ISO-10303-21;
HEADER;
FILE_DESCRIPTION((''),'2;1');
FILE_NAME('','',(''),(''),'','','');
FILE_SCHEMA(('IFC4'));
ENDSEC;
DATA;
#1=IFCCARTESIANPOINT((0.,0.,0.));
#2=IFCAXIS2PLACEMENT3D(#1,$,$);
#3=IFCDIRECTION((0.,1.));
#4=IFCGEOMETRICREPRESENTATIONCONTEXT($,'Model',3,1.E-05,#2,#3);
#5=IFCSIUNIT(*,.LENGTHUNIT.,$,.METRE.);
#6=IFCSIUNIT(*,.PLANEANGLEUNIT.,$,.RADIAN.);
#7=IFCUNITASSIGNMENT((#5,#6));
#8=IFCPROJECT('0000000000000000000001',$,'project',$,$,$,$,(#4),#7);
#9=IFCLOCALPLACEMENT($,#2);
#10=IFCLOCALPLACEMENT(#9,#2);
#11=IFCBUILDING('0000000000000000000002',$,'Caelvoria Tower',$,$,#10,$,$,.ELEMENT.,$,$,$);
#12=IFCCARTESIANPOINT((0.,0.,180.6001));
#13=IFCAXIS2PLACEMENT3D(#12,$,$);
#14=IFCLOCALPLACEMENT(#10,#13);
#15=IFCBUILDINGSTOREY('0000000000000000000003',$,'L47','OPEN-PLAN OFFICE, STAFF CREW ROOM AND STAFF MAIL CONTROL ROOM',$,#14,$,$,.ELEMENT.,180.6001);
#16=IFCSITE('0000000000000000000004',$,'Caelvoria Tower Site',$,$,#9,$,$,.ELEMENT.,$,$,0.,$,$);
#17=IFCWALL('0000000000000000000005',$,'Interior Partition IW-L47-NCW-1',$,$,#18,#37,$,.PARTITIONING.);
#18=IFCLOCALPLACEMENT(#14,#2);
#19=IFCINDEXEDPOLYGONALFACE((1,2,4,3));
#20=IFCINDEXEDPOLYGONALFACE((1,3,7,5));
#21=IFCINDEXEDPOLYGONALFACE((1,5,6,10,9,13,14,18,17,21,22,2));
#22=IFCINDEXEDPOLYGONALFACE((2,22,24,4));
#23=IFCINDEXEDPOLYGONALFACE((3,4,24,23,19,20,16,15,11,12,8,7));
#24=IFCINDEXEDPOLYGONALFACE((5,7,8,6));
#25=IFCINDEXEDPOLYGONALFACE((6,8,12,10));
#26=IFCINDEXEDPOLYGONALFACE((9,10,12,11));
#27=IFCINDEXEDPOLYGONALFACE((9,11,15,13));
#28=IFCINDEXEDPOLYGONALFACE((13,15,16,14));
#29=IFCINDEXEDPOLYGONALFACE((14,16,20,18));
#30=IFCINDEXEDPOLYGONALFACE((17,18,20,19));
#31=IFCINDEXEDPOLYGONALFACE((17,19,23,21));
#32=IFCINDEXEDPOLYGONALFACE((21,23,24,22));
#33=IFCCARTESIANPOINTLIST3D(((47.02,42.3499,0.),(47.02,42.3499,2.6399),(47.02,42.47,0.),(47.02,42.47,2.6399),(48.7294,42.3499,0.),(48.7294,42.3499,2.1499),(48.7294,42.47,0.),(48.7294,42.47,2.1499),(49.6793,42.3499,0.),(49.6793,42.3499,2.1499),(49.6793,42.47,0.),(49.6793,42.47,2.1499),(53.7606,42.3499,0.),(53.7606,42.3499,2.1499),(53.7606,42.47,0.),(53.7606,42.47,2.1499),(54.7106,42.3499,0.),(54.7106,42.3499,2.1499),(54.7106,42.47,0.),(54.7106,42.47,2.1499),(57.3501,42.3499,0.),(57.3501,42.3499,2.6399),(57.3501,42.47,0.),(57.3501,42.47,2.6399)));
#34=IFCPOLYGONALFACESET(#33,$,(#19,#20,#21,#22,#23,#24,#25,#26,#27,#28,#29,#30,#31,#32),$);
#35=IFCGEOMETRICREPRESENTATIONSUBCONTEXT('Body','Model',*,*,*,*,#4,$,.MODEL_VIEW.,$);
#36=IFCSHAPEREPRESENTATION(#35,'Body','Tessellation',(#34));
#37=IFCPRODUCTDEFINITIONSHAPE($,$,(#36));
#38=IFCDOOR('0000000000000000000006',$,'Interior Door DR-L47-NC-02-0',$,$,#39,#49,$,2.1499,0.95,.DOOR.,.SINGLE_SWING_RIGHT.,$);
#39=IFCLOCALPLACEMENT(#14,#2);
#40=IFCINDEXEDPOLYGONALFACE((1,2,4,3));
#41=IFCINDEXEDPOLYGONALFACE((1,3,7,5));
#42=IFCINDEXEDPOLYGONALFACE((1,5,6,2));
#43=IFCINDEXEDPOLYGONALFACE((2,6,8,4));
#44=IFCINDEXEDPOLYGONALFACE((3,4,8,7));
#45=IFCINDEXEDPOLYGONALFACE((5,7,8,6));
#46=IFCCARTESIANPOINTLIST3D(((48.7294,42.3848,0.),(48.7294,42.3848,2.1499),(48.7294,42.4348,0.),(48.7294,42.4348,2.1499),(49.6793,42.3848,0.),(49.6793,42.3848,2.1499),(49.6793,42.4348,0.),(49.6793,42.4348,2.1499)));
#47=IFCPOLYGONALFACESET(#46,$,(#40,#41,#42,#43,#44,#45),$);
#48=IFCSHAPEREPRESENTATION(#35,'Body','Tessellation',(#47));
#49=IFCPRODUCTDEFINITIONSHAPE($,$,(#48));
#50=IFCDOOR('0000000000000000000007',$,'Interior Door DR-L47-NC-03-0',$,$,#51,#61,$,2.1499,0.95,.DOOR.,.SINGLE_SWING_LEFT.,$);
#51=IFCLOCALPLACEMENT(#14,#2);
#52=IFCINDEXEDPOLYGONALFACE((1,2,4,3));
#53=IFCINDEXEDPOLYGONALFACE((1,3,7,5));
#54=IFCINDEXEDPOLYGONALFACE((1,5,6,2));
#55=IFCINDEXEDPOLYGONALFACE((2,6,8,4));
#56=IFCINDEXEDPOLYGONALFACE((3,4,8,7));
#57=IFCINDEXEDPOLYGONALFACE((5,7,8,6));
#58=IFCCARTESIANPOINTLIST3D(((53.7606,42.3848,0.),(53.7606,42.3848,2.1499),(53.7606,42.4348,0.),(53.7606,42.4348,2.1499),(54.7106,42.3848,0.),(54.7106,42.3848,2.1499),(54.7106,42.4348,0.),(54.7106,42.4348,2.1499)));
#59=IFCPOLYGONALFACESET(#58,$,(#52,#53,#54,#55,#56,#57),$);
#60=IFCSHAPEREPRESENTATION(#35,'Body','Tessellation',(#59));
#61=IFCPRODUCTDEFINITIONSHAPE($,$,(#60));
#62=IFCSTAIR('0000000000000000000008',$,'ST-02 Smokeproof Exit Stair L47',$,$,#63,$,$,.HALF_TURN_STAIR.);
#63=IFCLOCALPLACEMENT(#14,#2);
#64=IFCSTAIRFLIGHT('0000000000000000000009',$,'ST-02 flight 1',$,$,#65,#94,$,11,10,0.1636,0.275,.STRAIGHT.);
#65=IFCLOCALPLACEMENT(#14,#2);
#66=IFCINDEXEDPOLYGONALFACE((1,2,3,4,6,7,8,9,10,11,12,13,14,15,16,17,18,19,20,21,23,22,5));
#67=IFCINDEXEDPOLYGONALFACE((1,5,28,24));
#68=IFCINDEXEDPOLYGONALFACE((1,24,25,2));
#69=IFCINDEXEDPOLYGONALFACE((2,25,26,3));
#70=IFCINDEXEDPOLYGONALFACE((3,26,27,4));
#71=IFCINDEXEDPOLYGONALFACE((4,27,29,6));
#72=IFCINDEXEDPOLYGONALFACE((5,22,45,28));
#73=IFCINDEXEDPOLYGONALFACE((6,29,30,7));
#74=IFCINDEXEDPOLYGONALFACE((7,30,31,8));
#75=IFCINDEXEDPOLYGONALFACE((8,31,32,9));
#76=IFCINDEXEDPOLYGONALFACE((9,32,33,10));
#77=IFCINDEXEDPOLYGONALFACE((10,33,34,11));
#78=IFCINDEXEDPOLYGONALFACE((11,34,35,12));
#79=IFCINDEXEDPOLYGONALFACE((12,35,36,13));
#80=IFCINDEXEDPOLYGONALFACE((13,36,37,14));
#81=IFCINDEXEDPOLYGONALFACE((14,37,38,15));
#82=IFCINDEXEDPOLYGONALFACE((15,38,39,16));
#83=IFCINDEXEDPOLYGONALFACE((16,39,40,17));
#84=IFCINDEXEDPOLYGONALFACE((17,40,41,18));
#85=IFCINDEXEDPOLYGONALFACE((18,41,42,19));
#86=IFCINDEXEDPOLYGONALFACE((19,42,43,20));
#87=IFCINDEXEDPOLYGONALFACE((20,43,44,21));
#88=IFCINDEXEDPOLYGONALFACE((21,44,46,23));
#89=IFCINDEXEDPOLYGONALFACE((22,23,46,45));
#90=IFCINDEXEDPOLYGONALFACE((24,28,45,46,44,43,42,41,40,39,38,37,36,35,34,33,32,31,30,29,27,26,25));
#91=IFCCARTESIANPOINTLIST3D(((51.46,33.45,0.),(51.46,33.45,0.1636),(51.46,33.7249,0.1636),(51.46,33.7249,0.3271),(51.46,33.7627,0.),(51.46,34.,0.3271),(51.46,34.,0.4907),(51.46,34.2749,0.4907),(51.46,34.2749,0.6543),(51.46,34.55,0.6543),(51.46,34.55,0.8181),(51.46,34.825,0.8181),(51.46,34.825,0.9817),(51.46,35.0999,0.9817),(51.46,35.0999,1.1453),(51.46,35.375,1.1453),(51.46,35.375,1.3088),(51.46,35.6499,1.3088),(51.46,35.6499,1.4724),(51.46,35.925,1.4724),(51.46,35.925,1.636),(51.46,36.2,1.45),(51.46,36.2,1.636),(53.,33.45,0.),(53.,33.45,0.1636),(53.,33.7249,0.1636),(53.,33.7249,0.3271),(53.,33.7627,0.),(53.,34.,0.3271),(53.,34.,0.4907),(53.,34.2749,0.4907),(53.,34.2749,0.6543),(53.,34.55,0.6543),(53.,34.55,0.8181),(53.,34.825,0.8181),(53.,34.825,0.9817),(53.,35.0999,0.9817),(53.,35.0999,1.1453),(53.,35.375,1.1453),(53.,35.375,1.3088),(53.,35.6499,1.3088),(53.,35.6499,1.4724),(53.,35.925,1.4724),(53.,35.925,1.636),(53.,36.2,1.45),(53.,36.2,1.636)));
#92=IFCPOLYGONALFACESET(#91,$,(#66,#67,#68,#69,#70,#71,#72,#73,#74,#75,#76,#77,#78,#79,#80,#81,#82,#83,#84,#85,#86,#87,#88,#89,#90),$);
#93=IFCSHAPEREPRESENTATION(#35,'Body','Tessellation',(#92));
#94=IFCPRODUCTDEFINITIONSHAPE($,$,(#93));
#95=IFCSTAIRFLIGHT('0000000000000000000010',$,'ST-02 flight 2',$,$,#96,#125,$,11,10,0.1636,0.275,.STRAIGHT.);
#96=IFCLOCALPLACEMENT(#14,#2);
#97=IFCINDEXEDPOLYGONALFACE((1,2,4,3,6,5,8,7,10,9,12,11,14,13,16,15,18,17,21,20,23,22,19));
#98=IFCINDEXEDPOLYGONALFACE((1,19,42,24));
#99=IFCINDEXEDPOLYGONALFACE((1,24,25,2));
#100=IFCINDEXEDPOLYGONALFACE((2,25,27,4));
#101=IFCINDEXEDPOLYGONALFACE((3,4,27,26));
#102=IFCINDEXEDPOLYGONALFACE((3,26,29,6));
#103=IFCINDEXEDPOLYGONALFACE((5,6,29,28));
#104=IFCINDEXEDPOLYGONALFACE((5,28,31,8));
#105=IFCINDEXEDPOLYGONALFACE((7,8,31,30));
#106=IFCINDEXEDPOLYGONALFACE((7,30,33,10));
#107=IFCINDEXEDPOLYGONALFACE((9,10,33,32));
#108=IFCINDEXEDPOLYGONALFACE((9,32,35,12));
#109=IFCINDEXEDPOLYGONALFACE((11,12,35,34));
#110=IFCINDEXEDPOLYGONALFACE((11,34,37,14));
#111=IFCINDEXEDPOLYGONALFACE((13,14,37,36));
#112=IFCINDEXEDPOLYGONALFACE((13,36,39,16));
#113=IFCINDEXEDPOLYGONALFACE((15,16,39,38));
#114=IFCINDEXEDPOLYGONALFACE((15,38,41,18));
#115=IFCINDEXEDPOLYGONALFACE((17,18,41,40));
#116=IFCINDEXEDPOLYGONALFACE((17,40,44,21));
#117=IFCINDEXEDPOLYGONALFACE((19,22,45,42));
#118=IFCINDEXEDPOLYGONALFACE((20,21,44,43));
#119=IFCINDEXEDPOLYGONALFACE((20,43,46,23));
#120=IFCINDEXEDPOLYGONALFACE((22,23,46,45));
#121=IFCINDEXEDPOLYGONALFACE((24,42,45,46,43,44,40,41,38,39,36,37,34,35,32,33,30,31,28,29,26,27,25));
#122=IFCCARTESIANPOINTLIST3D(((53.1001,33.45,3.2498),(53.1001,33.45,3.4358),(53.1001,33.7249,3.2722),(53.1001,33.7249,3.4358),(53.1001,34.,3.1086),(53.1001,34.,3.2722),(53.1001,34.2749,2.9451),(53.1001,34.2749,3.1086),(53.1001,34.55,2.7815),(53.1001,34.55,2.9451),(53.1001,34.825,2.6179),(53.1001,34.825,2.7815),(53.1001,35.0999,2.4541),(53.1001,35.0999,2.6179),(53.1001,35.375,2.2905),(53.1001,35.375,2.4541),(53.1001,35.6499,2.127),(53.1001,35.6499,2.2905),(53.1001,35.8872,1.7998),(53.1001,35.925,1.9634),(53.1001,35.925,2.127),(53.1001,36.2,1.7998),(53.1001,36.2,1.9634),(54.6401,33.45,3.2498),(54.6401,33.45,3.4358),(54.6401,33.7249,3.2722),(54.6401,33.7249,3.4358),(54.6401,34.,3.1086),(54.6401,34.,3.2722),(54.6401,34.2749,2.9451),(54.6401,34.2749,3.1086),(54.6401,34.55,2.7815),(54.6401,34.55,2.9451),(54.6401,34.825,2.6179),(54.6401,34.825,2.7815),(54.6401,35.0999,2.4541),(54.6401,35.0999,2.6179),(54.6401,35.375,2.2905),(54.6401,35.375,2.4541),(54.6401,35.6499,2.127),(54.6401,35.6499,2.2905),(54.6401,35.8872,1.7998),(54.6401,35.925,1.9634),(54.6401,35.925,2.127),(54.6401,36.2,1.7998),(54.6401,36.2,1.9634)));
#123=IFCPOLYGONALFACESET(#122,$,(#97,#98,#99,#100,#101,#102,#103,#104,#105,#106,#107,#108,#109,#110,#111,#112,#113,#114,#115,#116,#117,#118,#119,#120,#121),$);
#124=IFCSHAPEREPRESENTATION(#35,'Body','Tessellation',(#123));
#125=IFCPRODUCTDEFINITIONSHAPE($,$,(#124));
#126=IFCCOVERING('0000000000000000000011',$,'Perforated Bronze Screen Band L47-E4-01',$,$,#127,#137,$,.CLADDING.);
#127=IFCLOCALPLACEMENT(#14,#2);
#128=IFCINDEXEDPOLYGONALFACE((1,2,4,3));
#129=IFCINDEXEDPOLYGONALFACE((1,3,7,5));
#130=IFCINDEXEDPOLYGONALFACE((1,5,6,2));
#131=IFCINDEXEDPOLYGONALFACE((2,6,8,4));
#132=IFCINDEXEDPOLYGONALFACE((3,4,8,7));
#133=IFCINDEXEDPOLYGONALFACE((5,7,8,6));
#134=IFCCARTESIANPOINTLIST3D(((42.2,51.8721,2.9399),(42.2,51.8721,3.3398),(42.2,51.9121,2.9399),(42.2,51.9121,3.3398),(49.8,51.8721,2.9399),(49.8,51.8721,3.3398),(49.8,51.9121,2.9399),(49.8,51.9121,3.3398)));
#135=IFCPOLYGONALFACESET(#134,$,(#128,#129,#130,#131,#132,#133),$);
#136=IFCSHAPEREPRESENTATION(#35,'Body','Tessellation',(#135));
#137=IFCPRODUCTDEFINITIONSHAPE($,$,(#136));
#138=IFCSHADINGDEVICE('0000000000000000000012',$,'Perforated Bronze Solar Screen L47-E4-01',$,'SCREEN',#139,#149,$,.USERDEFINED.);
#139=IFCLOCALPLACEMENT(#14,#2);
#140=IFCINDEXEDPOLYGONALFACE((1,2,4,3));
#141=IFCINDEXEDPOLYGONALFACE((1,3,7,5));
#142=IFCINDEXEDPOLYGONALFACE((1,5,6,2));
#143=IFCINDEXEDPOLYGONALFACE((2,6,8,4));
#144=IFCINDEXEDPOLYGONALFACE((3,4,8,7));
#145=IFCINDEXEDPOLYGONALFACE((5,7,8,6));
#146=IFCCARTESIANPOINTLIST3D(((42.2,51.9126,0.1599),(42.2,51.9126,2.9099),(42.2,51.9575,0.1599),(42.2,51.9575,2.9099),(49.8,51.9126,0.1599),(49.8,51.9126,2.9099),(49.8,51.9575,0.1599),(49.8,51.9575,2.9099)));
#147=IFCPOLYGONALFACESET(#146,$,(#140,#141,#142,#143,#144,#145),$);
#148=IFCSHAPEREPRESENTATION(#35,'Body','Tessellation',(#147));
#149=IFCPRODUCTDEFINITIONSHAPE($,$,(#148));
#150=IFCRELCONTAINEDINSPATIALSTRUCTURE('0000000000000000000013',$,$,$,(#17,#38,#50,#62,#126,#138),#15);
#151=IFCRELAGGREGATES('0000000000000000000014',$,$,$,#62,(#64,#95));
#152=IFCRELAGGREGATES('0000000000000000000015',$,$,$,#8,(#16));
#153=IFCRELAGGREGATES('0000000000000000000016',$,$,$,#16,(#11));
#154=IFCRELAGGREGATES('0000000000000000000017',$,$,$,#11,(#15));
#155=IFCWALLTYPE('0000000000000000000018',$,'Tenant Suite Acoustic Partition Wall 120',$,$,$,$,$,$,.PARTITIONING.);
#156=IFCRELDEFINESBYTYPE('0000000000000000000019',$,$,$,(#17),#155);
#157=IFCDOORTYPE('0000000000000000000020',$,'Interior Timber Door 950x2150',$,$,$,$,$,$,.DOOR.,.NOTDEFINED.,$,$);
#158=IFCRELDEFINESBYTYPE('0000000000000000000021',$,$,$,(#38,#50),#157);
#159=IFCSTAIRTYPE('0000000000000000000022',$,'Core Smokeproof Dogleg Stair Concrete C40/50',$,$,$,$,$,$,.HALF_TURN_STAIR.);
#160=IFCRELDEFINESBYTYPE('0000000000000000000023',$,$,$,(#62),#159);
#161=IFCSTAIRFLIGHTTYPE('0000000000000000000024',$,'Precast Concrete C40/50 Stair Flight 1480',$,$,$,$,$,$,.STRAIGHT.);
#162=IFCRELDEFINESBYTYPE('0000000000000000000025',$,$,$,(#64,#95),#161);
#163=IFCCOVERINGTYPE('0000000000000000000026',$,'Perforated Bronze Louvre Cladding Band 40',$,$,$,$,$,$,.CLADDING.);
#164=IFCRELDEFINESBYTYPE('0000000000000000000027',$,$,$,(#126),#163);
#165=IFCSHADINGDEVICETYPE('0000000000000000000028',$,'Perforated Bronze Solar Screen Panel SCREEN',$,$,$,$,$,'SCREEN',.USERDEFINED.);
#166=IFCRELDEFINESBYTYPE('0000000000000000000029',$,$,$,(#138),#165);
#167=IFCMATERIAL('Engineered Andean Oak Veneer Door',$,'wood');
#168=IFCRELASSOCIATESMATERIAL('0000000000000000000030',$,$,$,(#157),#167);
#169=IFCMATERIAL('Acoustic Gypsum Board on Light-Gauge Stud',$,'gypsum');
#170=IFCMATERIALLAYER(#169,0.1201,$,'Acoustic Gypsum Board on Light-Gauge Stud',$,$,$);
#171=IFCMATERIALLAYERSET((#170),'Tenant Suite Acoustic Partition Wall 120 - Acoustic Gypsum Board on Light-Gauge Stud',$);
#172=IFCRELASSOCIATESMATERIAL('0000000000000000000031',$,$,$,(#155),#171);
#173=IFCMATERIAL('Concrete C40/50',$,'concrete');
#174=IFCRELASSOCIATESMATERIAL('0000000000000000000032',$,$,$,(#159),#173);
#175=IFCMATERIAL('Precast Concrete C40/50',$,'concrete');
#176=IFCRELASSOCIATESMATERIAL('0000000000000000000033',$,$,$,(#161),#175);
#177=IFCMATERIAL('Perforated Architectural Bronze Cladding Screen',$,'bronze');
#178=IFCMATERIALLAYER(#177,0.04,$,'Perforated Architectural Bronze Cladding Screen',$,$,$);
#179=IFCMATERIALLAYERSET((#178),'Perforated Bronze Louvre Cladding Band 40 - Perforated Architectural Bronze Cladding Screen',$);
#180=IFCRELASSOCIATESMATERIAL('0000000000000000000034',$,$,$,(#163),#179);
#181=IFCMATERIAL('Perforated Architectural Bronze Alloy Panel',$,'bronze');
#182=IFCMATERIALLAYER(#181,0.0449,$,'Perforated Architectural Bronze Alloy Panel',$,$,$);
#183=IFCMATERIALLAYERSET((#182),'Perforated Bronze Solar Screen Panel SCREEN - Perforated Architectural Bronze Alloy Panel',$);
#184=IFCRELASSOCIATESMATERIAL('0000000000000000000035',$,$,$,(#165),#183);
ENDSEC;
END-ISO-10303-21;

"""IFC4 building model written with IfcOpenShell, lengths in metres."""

from ifc_helpers import new_model, si_unit, direction, frame, frame_2d, origin, origin_2d, place, context, subcontext, project, spatial, polyline, rectangle, outline, extrude, material, layer, layer_set, type_object, element, fill, aggregate, save


model = new_model("IFC4")

# Units and contexts
model_context = context("Model", 3, precision=1e-05, world=origin(), true_north=direction((0.0, 1.0)))
body_context = subcontext(model_context, "Body", "Model", "MODEL_VIEW")
ifc_project = project(units=[si_unit("LENGTHUNIT", "METRE"), si_unit("PLANEANGLEUNIT", "RADIAN")], contexts=[model_context])

# Site, building, storey
site_placement = place(None, origin())
site = spatial("IfcSite", under=ifc_project, at=site_placement, Name="Caelvoria Tower Site", CompositionType="ELEMENT", RefElevation=0.0)
building_placement = place(site_placement, origin())
building = spatial("IfcBuilding", under=site, at=building_placement, Name="Caelvoria Tower", CompositionType="ELEMENT")
storey_placement = place(building_placement, frame((0.0, 0.0, 180.6001)))
storey = spatial("IfcBuildingStorey", under=building, at=storey_placement, Name="L47", Description="OPEN-PLAN OFFICE, STAFF CREW ROOM AND STAFF MAIL CONTROL ROOM", CompositionType="ELEMENT", Elevation=180.6001)

# Shared definitions
ifc_material_1 = material(Name="Engineered Andean Oak Veneer Door", Category="wood")
door_type_1 = type_object("IfcDoorType", Name="Interior Timber Door 950x2150", OperationType="NOTDEFINED", PredefinedType="DOOR", material=ifc_material_1)

# Shared definitions
ifc_material_2 = material(Name="Acoustic Gypsum Board on Light-Gauge Stud", Category="gypsum")
ifc_layer_1 = layer(ifc_material_2, 0.1201, Name="Acoustic Gypsum Board on Light-Gauge Stud")
ifc_layer_set_1 = layer_set([ifc_layer_1], Name="Tenant Suite Acoustic Partition Wall 120 - Acoustic Gypsum Board on Light-Gauge Stud")
wall_type_1 = type_object("IfcWallType", Name="Tenant Suite Acoustic Partition Wall 120", PredefinedType="PARTITIONING", material=ifc_layer_set_1)

# Wall, openings, doors
wall_1_placement = place(storey_placement, frame((47.02, 42.4099, 0.0), z_axis=(0.0, 0.0, 1.0), x_axis=(1.0, 0.0, 0.0)))
wall_1 = element("IfcWall", 1, at=wall_1_placement, inside=storey, type_object=wall_type_1, Name="Interior Partition IW-L47-NCW-1", PredefinedType="PARTITIONING", context=body_context, shape_type="SweptSolid", body=[
    extrude(rectangle(XDim=10.3301, YDim=0.1201, at=frame_2d((5.165, 0.0))), origin(), (0.0, 0.0, 1.0), 2.6399),
])
opening_1_placement = place(wall_1_placement, frame((1.7092, 0.0, 0.0)))
opening_1 = element("IfcOpeningElement", 2, at=opening_1_placement, cuts=wall_1, PredefinedType="OPENING", context=body_context, shape_type="SweptSolid", body=[
    extrude(rectangle(XDim=0.95, YDim=2.1499, at=frame_2d((0.4751, 1.075))), frame((0.0, 0.0701, 0.0), z_axis=(0.0, -1.0, 0.0), x_axis=(1.0, 0.0, 0.0)), (0.0, 0.0, 1.0), 0.1401),
])
opening_2_placement = place(wall_1_placement, frame((6.7405, 0.0, 0.0)))
opening_2 = element("IfcOpeningElement", 3, at=opening_2_placement, cuts=wall_1, PredefinedType="OPENING", context=body_context, shape_type="SweptSolid", body=[
    extrude(rectangle(XDim=0.95, YDim=2.1499, at=frame_2d((0.4751, 1.075))), frame((0.0, 0.0701, 0.0), z_axis=(0.0, -1.0, 0.0), x_axis=(1.0, 0.0, 0.0)), (0.0, 0.0, 1.0), 0.1401),
])
door_1_placement = place(opening_1_placement, origin())
door_1 = element("IfcDoor", 4, at=door_1_placement, inside=storey, type_object=door_type_1, Name="Interior Door DR-L47-NC-02-0", OperationType="SINGLE_SWING_RIGHT", OverallHeight=2.1499, OverallWidth=0.95, PredefinedType="DOOR", context=body_context, shape_type="SweptSolid", body=[
    extrude(rectangle(XDim=0.95, YDim=2.1499, at=frame_2d((0.4751, 1.075))), frame((0.0, 0.0249, 0.0), z_axis=(0.0, -1.0, 0.0), x_axis=(1.0, 0.0, 0.0)), (0.0, 0.0, 1.0), 0.05),
])
fill(opening_1, door_1)
door_2_placement = place(opening_2_placement, origin())
door_2 = element("IfcDoor", 5, at=door_2_placement, inside=storey, type_object=door_type_1, Name="Interior Door DR-L47-NC-03-0", OperationType="SINGLE_SWING_LEFT", OverallHeight=2.1499, OverallWidth=0.95, PredefinedType="DOOR", context=body_context, shape_type="SweptSolid", body=[
    extrude(rectangle(XDim=0.95, YDim=2.1499, at=frame_2d((0.4751, 1.075))), frame((0.0, 0.0249, 0.0), z_axis=(0.0, -1.0, 0.0), x_axis=(1.0, 0.0, 0.0)), (0.0, 0.0, 1.0), 0.05),
])
fill(opening_2, door_2)

# Stair, stair flights
ifc_material_3 = material(Name="Concrete C40/50", Category="concrete")
stair_type = type_object("IfcStairType", Name="Core Smokeproof Dogleg Stair Concrete C40/50", PredefinedType="HALF_TURN_STAIR", material=ifc_material_3)
stair_placement = place(storey_placement, origin())
stair = element("IfcStair", 6, at=stair_placement, inside=storey, type_object=stair_type, Name="ST-02 Smokeproof Exit Stair L47", PredefinedType="HALF_TURN_STAIR")
ifc_material_4 = material(Name="Precast Concrete C40/50", Category="concrete")
stair_flight_type = type_object("IfcStairFlightType", Name="Precast Concrete C40/50 Stair Flight 1480", PredefinedType="STRAIGHT", material=ifc_material_4)
stair_flight_1_placement = place(storey_placement, frame((52.23, 33.45, 0.0), z_axis=(0.0, 0.0, 1.0), x_axis=(0.0, 1.0, 0.0)))
stair_flight_1 = element("IfcStairFlight", 7, at=stair_flight_1_placement, type_object=stair_flight_type, Name="ST-02 flight 1", NumberOfRisers=11, NumberOfTreads=10, PredefinedType="STRAIGHT", RiserHeight=0.1636, TreadLength=0.275, context=body_context, shape_type="SweptSolid", body=[
    extrude(outline(polyline([(0.0, 0.0), (0.0, 0.1636), (0.2749, 0.1636), (0.2749, 0.3271), (0.55, 0.3271), (0.55, 0.4907), (0.825, 0.4907), (0.825, 0.6543), (1.1001, 0.6543), (1.1001, 0.8181), (1.375, 0.8181), (1.375, 0.9817), (1.6499, 0.9817), (1.6499, 1.1453), (1.925, 1.1453), (1.925, 1.3088), (2.2, 1.3088), (2.2, 1.4724), (2.4751, 1.4724), (2.4751, 1.636), (2.75, 1.636), (2.75, 1.7996), (2.75, 1.45), (0.3127, 0.0), (0.0, 0.0)])), frame((0.0, 0.77, 0.0), z_axis=(0.0, -1.0, 0.0), x_axis=(1.0, 0.0, 0.0)), (0.0, 0.0, 1.0), 1.54),
])
stair_flight_2_placement = place(storey_placement, frame((53.8701, 36.2, 1.7998), z_axis=(0.0, 0.0, 1.0), x_axis=(0.0, -1.0, 0.0)))
stair_flight_2 = element("IfcStairFlight", 8, at=stair_flight_2_placement, type_object=stair_flight_type, Name="ST-02 flight 2", NumberOfRisers=11, NumberOfTreads=10, PredefinedType="STRAIGHT", RiserHeight=0.1636, TreadLength=0.275, context=body_context, shape_type="SweptSolid", body=[
    extrude(outline(polyline([(0.0, 0.0), (0.0, 0.1636), (0.2749, 0.1636), (0.2749, 0.3271), (0.55, 0.3271), (0.55, 0.4907), (0.825, 0.4907), (0.825, 0.6543), (1.1001, 0.6543), (1.1001, 0.8181), (1.375, 0.8181), (1.375, 0.9817), (1.6499, 0.9817), (1.6499, 1.1453), (1.925, 1.1453), (1.925, 1.3088), (2.2, 1.3088), (2.2, 1.4724), (2.4751, 1.4724), (2.4751, 1.636), (2.75, 1.636), (2.75, 1.7996), (2.75, 1.45), (0.3127, 0.0), (0.0, 0.0)])), frame((0.0, 0.77, 0.0), z_axis=(0.0, -1.0, 0.0), x_axis=(1.0, 0.0, 0.0)), (0.0, 0.0, 1.0), 1.54),
])
aggregate(stair, [stair_flight_1, stair_flight_2])

# Covering
ifc_material_5 = material(Name="Perforated Architectural Bronze Cladding Screen", Category="bronze")
ifc_layer_2 = layer(ifc_material_5, 0.04, Name="Perforated Architectural Bronze Cladding Screen")
ifc_layer_set_2 = layer_set([ifc_layer_2], Name="Perforated Bronze Louvre Cladding Band 40 - Perforated Architectural Bronze Cladding Screen")
covering_type = type_object("IfcCoveringType", Name="Perforated Bronze Louvre Cladding Band 40", PredefinedType="CLADDING", material=ifc_layer_set_2)
covering_placement = place(storey_placement, frame((46.0, 51.8921, 2.9399), z_axis=(0.0, 0.0, 1.0), x_axis=(-1.0, 0.0, 0.0)))
element("IfcCovering", 9, at=covering_placement, inside=storey, type_object=covering_type, Name="Perforated Bronze Screen Band L47-E4-01", PredefinedType="CLADDING", context=body_context, shape_type="SweptSolid", body=[
    extrude(rectangle(XDim=7.6001, YDim=0.04, at=origin_2d()), origin(), (0.0, 0.0, 1.0), 0.3999),
])

# Shading device
ifc_material_6 = material(Name="Perforated Architectural Bronze Alloy Panel", Category="bronze")
ifc_layer_3 = layer(ifc_material_6, 0.0449, Name="Perforated Architectural Bronze Alloy Panel")
ifc_layer_set_3 = layer_set([ifc_layer_3], Name="Perforated Bronze Solar Screen Panel SCREEN - Perforated Architectural Bronze Alloy Panel")
shading_device_type = type_object("IfcShadingDeviceType", Name="Perforated Bronze Solar Screen Panel SCREEN", ElementType="SCREEN", PredefinedType="USERDEFINED", material=ifc_layer_set_3)
shading_device_placement = place(storey_placement, frame((46.0, 51.9351, 0.1599), z_axis=(0.0, 0.0, 1.0), x_axis=(-1.0, 0.0, 0.0)))
element("IfcShadingDevice", 10, at=shading_device_placement, inside=storey, type_object=shading_device_type, Name="Perforated Bronze Solar Screen L47-E4-01", ObjectType="SCREEN", PredefinedType="USERDEFINED", context=body_context, shape_type="SweptSolid", body=[
    extrude(rectangle(XDim=7.6001, YDim=0.0449, at=origin_2d()), origin(), (0.0, 0.0, 1.0), 2.75),
])

save(model, "model.ifc")
